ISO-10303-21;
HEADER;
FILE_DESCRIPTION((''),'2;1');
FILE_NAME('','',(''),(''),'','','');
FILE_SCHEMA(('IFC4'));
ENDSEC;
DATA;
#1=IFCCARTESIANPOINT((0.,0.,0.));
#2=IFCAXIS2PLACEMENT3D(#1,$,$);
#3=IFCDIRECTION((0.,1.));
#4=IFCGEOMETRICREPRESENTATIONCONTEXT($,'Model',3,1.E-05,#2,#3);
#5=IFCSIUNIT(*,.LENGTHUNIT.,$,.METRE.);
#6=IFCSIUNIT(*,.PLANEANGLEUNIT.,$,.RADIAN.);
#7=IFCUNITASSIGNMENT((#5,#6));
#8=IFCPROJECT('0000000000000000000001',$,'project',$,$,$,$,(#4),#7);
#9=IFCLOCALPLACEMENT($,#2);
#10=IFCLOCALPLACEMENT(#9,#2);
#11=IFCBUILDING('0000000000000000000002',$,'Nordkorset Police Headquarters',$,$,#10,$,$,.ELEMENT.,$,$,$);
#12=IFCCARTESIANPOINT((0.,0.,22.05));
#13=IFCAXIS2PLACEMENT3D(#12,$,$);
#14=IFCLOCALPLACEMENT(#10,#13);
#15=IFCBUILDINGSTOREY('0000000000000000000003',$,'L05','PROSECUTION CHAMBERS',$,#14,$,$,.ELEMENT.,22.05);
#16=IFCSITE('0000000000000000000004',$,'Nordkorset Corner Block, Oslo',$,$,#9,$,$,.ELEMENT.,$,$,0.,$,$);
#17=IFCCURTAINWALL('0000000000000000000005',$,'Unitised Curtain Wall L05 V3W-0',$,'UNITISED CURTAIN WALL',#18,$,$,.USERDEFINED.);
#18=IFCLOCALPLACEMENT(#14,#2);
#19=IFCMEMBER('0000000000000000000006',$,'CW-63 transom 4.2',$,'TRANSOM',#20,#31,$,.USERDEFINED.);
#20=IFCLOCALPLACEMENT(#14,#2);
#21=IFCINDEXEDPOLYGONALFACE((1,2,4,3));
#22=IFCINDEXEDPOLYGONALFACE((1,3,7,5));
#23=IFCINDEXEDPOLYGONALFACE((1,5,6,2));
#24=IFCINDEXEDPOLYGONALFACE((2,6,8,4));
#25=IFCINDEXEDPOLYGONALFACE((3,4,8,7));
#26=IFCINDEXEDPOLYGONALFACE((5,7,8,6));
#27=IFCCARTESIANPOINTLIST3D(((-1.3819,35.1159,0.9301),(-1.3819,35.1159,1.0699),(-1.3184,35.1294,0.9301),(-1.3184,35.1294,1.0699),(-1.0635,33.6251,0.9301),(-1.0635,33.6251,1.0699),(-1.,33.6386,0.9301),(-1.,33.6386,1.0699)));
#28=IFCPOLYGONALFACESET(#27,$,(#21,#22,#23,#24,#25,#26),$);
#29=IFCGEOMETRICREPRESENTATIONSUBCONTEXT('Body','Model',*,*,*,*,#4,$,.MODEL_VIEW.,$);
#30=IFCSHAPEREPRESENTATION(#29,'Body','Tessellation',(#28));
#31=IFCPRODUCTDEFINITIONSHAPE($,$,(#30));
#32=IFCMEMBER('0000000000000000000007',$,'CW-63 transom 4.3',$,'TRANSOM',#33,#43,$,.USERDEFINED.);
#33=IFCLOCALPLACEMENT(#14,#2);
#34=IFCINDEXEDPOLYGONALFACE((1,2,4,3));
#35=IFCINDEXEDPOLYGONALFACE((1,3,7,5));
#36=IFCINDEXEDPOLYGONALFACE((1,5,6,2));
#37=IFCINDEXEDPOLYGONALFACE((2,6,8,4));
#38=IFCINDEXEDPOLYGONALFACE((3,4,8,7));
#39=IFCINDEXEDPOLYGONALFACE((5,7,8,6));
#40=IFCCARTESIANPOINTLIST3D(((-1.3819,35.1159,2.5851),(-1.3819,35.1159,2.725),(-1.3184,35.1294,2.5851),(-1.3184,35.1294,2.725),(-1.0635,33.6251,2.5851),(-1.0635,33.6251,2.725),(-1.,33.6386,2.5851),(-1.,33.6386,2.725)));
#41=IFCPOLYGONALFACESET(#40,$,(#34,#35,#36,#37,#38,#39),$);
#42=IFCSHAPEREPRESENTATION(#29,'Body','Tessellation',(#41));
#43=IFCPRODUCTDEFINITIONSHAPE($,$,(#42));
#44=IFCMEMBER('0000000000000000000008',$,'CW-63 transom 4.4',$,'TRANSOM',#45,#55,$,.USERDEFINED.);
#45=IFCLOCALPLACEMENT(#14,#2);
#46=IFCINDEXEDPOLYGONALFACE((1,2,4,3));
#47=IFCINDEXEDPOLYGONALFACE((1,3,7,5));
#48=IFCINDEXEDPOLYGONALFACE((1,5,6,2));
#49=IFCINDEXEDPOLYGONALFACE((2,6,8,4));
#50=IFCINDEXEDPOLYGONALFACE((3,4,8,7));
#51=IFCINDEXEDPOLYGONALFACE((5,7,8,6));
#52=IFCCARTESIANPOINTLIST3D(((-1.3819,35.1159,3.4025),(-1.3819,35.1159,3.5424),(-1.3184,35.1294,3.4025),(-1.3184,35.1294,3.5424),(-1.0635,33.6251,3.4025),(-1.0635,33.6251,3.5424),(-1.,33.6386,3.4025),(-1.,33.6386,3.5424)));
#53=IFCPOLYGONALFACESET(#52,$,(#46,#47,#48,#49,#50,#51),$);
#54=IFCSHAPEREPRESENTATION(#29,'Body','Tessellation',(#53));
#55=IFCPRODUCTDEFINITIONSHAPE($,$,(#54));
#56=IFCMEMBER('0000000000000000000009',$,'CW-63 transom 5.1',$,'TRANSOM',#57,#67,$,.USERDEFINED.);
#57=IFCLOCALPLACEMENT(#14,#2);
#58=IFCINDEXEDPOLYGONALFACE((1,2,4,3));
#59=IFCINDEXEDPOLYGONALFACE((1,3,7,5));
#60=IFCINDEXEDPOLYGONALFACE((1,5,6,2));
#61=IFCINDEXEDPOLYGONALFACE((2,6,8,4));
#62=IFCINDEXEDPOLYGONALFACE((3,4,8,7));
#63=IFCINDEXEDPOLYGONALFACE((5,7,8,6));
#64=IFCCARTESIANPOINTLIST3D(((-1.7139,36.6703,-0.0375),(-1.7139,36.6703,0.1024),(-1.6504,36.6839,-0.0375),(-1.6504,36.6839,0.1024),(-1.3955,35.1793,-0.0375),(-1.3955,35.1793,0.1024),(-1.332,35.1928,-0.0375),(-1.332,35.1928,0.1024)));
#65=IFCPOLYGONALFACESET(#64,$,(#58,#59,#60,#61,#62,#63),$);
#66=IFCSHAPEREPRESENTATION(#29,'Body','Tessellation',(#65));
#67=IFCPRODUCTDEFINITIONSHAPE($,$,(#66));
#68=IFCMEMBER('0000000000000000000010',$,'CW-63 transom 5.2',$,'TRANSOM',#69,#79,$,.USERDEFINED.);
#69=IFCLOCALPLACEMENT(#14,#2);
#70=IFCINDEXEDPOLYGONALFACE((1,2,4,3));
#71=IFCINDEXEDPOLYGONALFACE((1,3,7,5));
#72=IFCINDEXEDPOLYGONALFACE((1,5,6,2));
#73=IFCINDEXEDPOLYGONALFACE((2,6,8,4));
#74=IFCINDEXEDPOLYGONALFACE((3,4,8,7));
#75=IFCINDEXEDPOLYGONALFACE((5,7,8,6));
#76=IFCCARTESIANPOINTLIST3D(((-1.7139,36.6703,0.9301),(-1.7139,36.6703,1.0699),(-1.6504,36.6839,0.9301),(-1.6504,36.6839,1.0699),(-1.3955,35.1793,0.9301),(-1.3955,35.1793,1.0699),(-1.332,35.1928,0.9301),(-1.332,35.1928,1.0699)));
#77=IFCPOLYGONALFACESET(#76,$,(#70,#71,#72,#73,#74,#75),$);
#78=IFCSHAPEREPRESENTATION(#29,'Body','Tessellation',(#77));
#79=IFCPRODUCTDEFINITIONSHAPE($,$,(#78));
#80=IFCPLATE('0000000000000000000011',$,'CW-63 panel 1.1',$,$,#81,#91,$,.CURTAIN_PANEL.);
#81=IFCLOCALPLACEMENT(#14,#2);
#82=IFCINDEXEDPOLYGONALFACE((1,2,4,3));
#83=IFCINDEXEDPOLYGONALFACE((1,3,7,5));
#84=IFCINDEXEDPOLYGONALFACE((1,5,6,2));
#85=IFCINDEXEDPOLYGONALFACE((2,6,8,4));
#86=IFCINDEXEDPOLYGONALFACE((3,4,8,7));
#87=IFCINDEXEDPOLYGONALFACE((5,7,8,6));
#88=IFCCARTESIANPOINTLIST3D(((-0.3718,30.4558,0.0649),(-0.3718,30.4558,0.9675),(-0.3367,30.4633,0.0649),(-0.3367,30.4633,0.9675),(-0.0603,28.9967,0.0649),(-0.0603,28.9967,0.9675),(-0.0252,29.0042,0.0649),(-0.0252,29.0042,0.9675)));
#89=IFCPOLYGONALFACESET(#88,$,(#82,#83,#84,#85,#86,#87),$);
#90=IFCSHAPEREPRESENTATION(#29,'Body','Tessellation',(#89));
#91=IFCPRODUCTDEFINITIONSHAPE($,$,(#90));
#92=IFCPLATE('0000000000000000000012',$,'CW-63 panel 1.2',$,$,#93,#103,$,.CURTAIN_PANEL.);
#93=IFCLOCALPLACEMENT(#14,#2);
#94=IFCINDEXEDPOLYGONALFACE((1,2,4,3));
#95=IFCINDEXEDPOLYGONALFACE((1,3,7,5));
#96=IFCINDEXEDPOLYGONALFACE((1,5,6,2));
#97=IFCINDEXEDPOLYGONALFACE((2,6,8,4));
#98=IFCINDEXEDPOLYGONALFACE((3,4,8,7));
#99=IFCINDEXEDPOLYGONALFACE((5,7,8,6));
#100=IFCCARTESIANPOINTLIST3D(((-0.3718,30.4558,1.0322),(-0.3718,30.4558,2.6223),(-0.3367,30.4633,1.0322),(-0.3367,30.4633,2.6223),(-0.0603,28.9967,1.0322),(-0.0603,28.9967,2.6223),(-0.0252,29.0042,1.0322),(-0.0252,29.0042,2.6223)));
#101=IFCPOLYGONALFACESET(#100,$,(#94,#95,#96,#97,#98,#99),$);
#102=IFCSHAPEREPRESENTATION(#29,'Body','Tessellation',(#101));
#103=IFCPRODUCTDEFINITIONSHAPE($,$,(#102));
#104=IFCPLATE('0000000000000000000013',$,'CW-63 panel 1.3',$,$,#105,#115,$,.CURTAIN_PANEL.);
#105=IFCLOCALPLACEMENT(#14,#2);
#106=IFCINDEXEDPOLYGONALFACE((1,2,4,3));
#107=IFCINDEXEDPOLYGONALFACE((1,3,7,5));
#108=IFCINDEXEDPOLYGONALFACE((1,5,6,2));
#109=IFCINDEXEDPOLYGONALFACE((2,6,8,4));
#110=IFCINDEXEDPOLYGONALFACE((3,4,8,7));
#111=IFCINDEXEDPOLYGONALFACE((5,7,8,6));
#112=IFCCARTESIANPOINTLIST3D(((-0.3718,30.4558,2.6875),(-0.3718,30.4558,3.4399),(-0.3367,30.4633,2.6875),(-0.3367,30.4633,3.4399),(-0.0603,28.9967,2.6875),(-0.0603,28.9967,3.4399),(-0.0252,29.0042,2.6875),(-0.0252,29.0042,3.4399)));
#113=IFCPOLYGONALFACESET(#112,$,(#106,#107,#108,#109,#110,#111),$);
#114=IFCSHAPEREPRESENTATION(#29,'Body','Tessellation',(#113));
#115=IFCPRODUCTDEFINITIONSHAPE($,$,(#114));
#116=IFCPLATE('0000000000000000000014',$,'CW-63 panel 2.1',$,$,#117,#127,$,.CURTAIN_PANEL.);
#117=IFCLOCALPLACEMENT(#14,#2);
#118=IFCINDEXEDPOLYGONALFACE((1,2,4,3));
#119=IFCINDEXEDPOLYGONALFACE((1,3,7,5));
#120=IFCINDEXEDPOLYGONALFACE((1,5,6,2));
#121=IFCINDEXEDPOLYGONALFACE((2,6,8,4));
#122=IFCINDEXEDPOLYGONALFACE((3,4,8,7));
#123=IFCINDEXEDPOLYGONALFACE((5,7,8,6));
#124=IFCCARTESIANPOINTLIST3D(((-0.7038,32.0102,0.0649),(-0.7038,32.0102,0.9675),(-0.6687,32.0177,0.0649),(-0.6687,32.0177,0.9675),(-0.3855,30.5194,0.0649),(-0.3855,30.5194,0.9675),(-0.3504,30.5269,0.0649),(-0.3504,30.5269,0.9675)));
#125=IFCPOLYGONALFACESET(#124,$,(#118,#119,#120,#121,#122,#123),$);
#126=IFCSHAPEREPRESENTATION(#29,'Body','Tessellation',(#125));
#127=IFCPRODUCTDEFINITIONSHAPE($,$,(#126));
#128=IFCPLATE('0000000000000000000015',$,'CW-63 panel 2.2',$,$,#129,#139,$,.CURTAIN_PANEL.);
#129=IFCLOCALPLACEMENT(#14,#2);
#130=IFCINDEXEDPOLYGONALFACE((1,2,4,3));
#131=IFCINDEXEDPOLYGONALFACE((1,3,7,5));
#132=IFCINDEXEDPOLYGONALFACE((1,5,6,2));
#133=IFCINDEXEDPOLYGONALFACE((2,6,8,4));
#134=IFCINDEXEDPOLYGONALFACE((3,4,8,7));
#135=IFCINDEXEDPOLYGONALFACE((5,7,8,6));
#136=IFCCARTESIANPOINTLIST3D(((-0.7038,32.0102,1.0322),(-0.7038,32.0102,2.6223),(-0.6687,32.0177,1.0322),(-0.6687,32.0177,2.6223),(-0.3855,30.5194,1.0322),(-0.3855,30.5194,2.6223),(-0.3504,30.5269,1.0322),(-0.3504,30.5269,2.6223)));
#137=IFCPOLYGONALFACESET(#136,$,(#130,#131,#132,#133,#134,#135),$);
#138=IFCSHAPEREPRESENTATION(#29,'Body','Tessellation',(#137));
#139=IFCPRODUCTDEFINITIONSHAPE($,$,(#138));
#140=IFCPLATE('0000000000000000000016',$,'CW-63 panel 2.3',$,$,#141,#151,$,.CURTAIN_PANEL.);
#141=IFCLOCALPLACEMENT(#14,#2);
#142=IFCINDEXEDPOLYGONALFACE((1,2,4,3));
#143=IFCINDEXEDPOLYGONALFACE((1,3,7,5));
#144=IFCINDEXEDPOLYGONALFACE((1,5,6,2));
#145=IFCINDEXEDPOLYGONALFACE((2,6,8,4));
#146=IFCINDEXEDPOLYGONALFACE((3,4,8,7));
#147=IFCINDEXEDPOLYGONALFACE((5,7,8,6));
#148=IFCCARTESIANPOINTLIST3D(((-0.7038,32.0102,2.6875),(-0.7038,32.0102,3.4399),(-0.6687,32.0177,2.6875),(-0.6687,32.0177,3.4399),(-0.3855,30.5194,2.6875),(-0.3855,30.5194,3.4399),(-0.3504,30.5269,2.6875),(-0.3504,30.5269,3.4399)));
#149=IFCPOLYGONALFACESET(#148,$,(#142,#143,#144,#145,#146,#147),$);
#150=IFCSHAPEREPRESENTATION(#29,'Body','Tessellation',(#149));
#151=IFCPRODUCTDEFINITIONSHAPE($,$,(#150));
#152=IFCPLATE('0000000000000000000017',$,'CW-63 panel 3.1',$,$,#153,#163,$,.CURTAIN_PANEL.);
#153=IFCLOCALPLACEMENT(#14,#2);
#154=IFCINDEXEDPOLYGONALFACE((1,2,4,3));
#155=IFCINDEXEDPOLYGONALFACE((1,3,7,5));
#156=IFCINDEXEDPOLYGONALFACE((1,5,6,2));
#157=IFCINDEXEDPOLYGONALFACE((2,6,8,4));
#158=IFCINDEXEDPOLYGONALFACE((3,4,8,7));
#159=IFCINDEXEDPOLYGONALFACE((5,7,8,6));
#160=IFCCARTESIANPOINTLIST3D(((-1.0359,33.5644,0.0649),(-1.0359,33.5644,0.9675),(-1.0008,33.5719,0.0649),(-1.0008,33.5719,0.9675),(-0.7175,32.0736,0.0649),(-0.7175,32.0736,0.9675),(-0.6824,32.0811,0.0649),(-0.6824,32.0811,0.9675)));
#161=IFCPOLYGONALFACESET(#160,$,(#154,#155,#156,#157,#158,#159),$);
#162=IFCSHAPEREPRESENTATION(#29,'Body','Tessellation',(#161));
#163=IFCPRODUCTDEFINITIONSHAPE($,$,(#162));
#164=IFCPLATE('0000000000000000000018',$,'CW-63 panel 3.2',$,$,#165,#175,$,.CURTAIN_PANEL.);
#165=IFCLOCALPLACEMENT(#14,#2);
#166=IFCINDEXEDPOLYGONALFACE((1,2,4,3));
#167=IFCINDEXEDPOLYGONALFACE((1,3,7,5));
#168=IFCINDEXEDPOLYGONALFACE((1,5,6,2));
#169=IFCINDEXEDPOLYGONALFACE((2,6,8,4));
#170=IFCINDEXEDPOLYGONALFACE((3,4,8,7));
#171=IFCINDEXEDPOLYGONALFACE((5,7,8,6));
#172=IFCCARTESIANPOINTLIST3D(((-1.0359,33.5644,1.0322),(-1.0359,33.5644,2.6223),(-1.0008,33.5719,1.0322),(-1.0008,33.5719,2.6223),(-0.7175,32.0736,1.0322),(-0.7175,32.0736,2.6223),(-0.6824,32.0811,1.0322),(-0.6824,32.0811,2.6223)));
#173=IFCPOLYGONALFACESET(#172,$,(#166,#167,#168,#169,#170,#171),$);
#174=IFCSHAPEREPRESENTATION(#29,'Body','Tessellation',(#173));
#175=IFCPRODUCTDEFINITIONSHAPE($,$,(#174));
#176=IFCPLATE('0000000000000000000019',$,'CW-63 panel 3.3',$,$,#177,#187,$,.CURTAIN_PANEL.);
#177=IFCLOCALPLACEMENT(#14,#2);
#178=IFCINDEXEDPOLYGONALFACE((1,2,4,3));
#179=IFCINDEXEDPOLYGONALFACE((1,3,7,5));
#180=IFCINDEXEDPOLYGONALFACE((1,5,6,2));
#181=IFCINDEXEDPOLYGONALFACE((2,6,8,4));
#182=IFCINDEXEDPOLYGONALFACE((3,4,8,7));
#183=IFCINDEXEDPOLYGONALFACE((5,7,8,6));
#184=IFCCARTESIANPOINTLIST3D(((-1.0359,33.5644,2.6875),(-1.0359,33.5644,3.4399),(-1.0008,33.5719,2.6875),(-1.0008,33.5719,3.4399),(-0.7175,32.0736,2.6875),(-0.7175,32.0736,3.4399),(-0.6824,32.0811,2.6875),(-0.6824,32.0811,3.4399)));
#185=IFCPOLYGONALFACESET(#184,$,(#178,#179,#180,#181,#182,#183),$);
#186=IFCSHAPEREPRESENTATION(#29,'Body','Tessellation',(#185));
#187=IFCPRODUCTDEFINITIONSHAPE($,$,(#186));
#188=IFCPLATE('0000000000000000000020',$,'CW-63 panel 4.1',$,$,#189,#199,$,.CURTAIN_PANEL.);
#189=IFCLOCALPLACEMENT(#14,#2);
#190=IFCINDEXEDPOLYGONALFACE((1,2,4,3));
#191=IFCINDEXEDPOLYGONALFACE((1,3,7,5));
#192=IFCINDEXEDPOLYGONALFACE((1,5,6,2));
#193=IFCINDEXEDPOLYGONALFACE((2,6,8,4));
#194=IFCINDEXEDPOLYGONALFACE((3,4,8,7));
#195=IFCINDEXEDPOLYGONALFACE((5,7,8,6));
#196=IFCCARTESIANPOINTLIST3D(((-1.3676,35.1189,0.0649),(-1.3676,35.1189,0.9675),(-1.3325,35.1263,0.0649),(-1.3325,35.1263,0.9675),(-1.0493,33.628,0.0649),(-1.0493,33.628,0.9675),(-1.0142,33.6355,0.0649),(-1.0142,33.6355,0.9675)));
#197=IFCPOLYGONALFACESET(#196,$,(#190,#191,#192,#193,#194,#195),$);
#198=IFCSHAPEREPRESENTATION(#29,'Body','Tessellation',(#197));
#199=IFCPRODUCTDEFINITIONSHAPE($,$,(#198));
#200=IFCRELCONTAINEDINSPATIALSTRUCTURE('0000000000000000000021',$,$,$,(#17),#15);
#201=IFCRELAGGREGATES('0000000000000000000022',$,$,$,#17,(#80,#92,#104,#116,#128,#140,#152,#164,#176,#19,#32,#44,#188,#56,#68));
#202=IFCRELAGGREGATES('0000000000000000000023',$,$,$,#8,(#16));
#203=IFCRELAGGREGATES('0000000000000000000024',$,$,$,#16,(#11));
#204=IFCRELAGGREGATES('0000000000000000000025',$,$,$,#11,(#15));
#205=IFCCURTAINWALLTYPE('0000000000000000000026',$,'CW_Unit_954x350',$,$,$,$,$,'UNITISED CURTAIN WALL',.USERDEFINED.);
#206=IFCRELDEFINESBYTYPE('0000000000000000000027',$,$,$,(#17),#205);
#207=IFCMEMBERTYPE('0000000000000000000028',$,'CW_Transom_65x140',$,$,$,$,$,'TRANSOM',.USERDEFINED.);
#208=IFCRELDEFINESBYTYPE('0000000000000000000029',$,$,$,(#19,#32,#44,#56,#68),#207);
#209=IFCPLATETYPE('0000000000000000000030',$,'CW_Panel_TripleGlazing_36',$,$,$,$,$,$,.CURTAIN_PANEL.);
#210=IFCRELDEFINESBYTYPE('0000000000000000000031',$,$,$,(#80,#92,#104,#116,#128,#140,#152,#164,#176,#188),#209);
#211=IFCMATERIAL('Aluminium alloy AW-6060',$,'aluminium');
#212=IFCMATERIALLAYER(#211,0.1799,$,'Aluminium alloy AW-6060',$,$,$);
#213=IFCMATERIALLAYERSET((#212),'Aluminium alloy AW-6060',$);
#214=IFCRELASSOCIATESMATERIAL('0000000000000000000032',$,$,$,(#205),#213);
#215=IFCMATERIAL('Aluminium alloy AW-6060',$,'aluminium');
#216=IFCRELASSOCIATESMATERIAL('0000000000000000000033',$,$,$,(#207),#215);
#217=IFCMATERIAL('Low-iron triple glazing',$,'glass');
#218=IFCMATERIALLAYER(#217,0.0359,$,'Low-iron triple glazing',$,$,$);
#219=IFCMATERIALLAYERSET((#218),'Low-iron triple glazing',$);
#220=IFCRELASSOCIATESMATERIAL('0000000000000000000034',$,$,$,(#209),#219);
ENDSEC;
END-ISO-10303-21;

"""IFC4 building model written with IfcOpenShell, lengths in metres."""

from ifc_helpers import new_model, si_unit, direction, frame, origin, origin_2d, place, context, subcontext, project, spatial, rectangle, extrude, material, layer, layer_set, material_profile, profile_set, type_object, element, aggregate, save


model = new_model("IFC4")

# Units and contexts
model_context = context("Model", 3, precision=1e-05, world=origin(), true_north=direction((0.0, 1.0)))
body_context = subcontext(model_context, "Body", "Model", "MODEL_VIEW")
ifc_project = project(units=[si_unit("LENGTHUNIT", "METRE"), si_unit("PLANEANGLEUNIT", "RADIAN")], contexts=[model_context])

# Site, building, storey
site_placement = place(None, origin())
site = spatial("IfcSite", under=ifc_project, at=site_placement, Name="Nordkorset Corner Block, Oslo", CompositionType="ELEMENT", RefElevation=0.0)
building_placement = place(site_placement, origin())
building = spatial("IfcBuilding", under=site, at=building_placement, Name="Nordkorset Police Headquarters", CompositionType="ELEMENT")
storey_placement = place(building_placement, frame((0.0, 0.0, 22.05)))
storey = spatial("IfcBuildingStorey", under=building, at=storey_placement, Name="L05", Description="PROSECUTION CHAMBERS", CompositionType="ELEMENT", Elevation=22.05)

# Curtain wall, members, plates
ifc_material_1 = material(Name="Aluminium alloy AW-6060", Category="aluminium")
ifc_layer_1 = layer(ifc_material_1, 0.1799, Name="Aluminium alloy AW-6060")
ifc_layer_set_1 = layer_set([ifc_layer_1], Name="Aluminium alloy AW-6060")
curtain_wall_type = type_object("IfcCurtainWallType", Name="CW_Unit_954x350", ElementType="UNITISED CURTAIN WALL", PredefinedType="USERDEFINED", material=ifc_layer_set_1)
curtain_wall_placement = place(storey_placement, origin())
curtain_wall = element("IfcCurtainWall", 1, at=curtain_wall_placement, inside=storey, type_object=curtain_wall_type, Name="Unitised Curtain Wall L05 V3W-0", ObjectType="UNITISED CURTAIN WALL", PredefinedType="USERDEFINED")
ifc_material_2 = material(Name="Aluminium alloy AW-6060", Category="aluminium")
ifc_material_profile_1 = material_profile(ifc_material_2, rectangle(XDim=0.0649, YDim=0.1399, at=origin_2d()), Name="ALU TRAN 65x140")
ifc_profile_set_1 = profile_set([ifc_material_profile_1], Name="Aluminium alloy AW-6060")
member_type_1 = type_object("IfcMemberType", Name="CW_Transom_65x140", ElementType="TRANSOM", PredefinedType="USERDEFINED", material=ifc_profile_set_1)
member_1_placement = place(storey_placement, frame((-1.0317, 33.6318, 1.0), z_axis=(-0.208851, 0.977947, 0.0), x_axis=(-0.977947, -0.208851, 0.0)))
member_1 = element("IfcMember", 2, at=member_1_placement, type_object=member_type_1, Name="CW-63 transom 4.2", ObjectType="TRANSOM", PredefinedType="USERDEFINED", context=body_context, shape_type="SweptSolid", body=[
    extrude(rectangle(XDim=0.0649, YDim=0.1399, at=origin_2d()), origin(), (0.0, 0.0, 1.0), 1.5244),
])
member_2_placement = place(storey_placement, frame((-1.0317, 33.6318, 2.655), z_axis=(-0.208851, 0.977947, 0.0), x_axis=(-0.977947, -0.208851, 0.0)))
member_2 = element("IfcMember", 3, at=member_2_placement, type_object=member_type_1, Name="CW-63 transom 4.3", ObjectType="TRANSOM", PredefinedType="USERDEFINED", context=body_context, shape_type="SweptSolid", body=[
    extrude(rectangle(XDim=0.0649, YDim=0.1399, at=origin_2d()), origin(), (0.0, 0.0, 1.0), 1.5244),
])
member_3_placement = place(storey_placement, frame((-1.0317, 33.6318, 3.4724), z_axis=(-0.208851, 0.977947, 0.0), x_axis=(-0.977947, -0.208851, 0.0)))
member_3 = element("IfcMember", 4, at=member_3_placement, type_object=member_type_1, Name="CW-63 transom 4.4", ObjectType="TRANSOM", PredefinedType="USERDEFINED", context=body_context, shape_type="SweptSolid", body=[
    extrude(rectangle(XDim=0.0649, YDim=0.1399, at=origin_2d()), origin(), (0.0, 0.0, 1.0), 1.5244),
])
member_4_placement = place(storey_placement, frame((-1.3638, 35.186, 0.0325), z_axis=(-0.208818, 0.977954, 0.0), x_axis=(-0.977954, -0.208818, 0.0)))
member_4 = element("IfcMember", 5, at=member_4_placement, type_object=member_type_1, Name="CW-63 transom 5.1", ObjectType="TRANSOM", PredefinedType="USERDEFINED", context=body_context, shape_type="SweptSolid", body=[
    extrude(rectangle(XDim=0.0649, YDim=0.1399, at=origin_2d()), origin(), (0.0, 0.0, 1.0), 1.5247),
])
member_5_placement = place(storey_placement, frame((-1.3638, 35.186, 1.0), z_axis=(-0.208818, 0.977954, 0.0), x_axis=(-0.977954, -0.208818, 0.0)))
member_5 = element("IfcMember", 6, at=member_5_placement, type_object=member_type_1, Name="CW-63 transom 5.2", ObjectType="TRANSOM", PredefinedType="USERDEFINED", context=body_context, shape_type="SweptSolid", body=[
    extrude(rectangle(XDim=0.0649, YDim=0.1399, at=origin_2d()), origin(), (0.0, 0.0, 1.0), 1.5247),
])
ifc_material_3 = material(Name="Low-iron triple glazing", Category="glass")
ifc_layer_2 = layer(ifc_material_3, 0.0359, Name="Low-iron triple glazing")
ifc_layer_set_2 = layer_set([ifc_layer_2], Name="Low-iron triple glazing")
plate_type = type_object("IfcPlateType", Name="CW_Panel_TripleGlazing_36", PredefinedType="CURTAIN_PANEL", material=ifc_layer_set_2)
plate_1_placement = place(storey_placement, frame((-0.1985, 29.73, 0.0649), z_axis=(0.0, 0.0, 1.0), x_axis=(-0.208833, 0.977951, 0.0)))
plate_1 = element("IfcPlate", 7, at=plate_1_placement, type_object=plate_type, Name="CW-63 panel 1.1", PredefinedType="CURTAIN_PANEL", context=body_context, shape_type="SweptSolid", body=[
    extrude(rectangle(XDim=1.4919, YDim=0.0359, at=origin_2d()), origin(), (0.0, 0.0, 1.0), 0.9026),
])
plate_2_placement = place(storey_placement, frame((-0.1985, 29.73, 1.0322), z_axis=(0.0, 0.0, 1.0), x_axis=(-0.208833, 0.977951, 0.0)))
plate_2 = element("IfcPlate", 8, at=plate_2_placement, type_object=plate_type, Name="CW-63 panel 1.2", PredefinedType="CURTAIN_PANEL", context=body_context, shape_type="SweptSolid", body=[
    extrude(rectangle(XDim=1.4919, YDim=0.0359, at=origin_2d()), origin(), (0.0, 0.0, 1.0), 1.5901),
])
plate_3_placement = place(storey_placement, frame((-0.1985, 29.73, 2.6875), z_axis=(0.0, 0.0, 1.0), x_axis=(-0.208833, 0.977951, 0.0)))
plate_3 = element("IfcPlate", 9, at=plate_3_placement, type_object=plate_type, Name="CW-63 panel 1.3", PredefinedType="CURTAIN_PANEL", context=body_context, shape_type="SweptSolid", body=[
    extrude(rectangle(XDim=1.4919, YDim=0.0359, at=origin_2d()), origin(), (0.0, 0.0, 1.0), 0.7524),
])
plate_4_placement = place(storey_placement, frame((-0.5271, 31.2686, 0.0649), z_axis=(0.0, 0.0, 1.0), x_axis=(-0.208833, 0.977951, 0.0)))
plate_4 = element("IfcPlate", 10, at=plate_4_placement, type_object=plate_type, Name="CW-63 panel 2.1", PredefinedType="CURTAIN_PANEL", context=body_context, shape_type="SweptSolid", body=[
    extrude(rectangle(XDim=1.5244, YDim=0.0359, at=origin_2d()), origin(), (0.0, 0.0, 1.0), 0.9026),
])
plate_5_placement = place(storey_placement, frame((-0.5271, 31.2686, 1.0322), z_axis=(0.0, 0.0, 1.0), x_axis=(-0.208833, 0.977951, 0.0)))
plate_5 = element("IfcPlate", 11, at=plate_5_placement, type_object=plate_type, Name="CW-63 panel 2.2", PredefinedType="CURTAIN_PANEL", context=body_context, shape_type="SweptSolid", body=[
    extrude(rectangle(XDim=1.5244, YDim=0.0359, at=origin_2d()), origin(), (0.0, 0.0, 1.0), 1.5901),
])
plate_6_placement = place(storey_placement, frame((-0.5271, 31.2686, 2.6875), z_axis=(0.0, 0.0, 1.0), x_axis=(-0.208833, 0.977951, 0.0)))
plate_6 = element("IfcPlate", 12, at=plate_6_placement, type_object=plate_type, Name="CW-63 panel 2.3", PredefinedType="CURTAIN_PANEL", context=body_context, shape_type="SweptSolid", body=[
    extrude(rectangle(XDim=1.5244, YDim=0.0359, at=origin_2d()), origin(), (0.0, 0.0, 1.0), 0.7524),
])
plate_7_placement = place(storey_placement, frame((-0.8591, 32.8228, 0.0649), z_axis=(0.0, 0.0, 1.0), x_axis=(-0.208833, 0.977951, 0.0)))
plate_7 = element("IfcPlate", 13, at=plate_7_placement, type_object=plate_type, Name="CW-63 panel 3.1", PredefinedType="CURTAIN_PANEL", context=body_context, shape_type="SweptSolid", body=[
    extrude(rectangle(XDim=1.5244, YDim=0.0359, at=origin_2d()), origin(), (0.0, 0.0, 1.0), 0.9026),
])
plate_8_placement = place(storey_placement, frame((-0.8591, 32.8228, 1.0322), z_axis=(0.0, 0.0, 1.0), x_axis=(-0.208833, 0.977951, 0.0)))
plate_8 = element("IfcPlate", 14, at=plate_8_placement, type_object=plate_type, Name="CW-63 panel 3.2", PredefinedType="CURTAIN_PANEL", context=body_context, shape_type="SweptSolid", body=[
    extrude(rectangle(XDim=1.5244, YDim=0.0359, at=origin_2d()), origin(), (0.0, 0.0, 1.0), 1.5901),
])
plate_9_placement = place(storey_placement, frame((-0.8591, 32.8228, 2.6875), z_axis=(0.0, 0.0, 1.0), x_axis=(-0.208833, 0.977951, 0.0)))
plate_9 = element("IfcPlate", 15, at=plate_9_placement, type_object=plate_type, Name="CW-63 panel 3.3", PredefinedType="CURTAIN_PANEL", context=body_context, shape_type="SweptSolid", body=[
    extrude(rectangle(XDim=1.5244, YDim=0.0359, at=origin_2d()), origin(), (0.0, 0.0, 1.0), 0.7524),
])
plate_10_placement = place(storey_placement, frame((-1.1909, 34.3772, 0.0649), z_axis=(0.0, 0.0, 1.0), x_axis=(-0.208833, 0.977951, 0.0)))
plate_10 = element("IfcPlate", 16, at=plate_10_placement, type_object=plate_type, Name="CW-63 panel 4.1", PredefinedType="CURTAIN_PANEL", context=body_context, shape_type="SweptSolid", body=[
    extrude(rectangle(XDim=1.5244, YDim=0.0359, at=origin_2d()), origin(), (0.0, 0.0, 1.0), 0.9026),
])
aggregate(curtain_wall, [plate_1, plate_2, plate_3, plate_4, plate_5, plate_6, plate_7, plate_8, plate_9, member_1, member_2, member_3, plate_10, member_4, member_5])

save(model, "model.ifc")
